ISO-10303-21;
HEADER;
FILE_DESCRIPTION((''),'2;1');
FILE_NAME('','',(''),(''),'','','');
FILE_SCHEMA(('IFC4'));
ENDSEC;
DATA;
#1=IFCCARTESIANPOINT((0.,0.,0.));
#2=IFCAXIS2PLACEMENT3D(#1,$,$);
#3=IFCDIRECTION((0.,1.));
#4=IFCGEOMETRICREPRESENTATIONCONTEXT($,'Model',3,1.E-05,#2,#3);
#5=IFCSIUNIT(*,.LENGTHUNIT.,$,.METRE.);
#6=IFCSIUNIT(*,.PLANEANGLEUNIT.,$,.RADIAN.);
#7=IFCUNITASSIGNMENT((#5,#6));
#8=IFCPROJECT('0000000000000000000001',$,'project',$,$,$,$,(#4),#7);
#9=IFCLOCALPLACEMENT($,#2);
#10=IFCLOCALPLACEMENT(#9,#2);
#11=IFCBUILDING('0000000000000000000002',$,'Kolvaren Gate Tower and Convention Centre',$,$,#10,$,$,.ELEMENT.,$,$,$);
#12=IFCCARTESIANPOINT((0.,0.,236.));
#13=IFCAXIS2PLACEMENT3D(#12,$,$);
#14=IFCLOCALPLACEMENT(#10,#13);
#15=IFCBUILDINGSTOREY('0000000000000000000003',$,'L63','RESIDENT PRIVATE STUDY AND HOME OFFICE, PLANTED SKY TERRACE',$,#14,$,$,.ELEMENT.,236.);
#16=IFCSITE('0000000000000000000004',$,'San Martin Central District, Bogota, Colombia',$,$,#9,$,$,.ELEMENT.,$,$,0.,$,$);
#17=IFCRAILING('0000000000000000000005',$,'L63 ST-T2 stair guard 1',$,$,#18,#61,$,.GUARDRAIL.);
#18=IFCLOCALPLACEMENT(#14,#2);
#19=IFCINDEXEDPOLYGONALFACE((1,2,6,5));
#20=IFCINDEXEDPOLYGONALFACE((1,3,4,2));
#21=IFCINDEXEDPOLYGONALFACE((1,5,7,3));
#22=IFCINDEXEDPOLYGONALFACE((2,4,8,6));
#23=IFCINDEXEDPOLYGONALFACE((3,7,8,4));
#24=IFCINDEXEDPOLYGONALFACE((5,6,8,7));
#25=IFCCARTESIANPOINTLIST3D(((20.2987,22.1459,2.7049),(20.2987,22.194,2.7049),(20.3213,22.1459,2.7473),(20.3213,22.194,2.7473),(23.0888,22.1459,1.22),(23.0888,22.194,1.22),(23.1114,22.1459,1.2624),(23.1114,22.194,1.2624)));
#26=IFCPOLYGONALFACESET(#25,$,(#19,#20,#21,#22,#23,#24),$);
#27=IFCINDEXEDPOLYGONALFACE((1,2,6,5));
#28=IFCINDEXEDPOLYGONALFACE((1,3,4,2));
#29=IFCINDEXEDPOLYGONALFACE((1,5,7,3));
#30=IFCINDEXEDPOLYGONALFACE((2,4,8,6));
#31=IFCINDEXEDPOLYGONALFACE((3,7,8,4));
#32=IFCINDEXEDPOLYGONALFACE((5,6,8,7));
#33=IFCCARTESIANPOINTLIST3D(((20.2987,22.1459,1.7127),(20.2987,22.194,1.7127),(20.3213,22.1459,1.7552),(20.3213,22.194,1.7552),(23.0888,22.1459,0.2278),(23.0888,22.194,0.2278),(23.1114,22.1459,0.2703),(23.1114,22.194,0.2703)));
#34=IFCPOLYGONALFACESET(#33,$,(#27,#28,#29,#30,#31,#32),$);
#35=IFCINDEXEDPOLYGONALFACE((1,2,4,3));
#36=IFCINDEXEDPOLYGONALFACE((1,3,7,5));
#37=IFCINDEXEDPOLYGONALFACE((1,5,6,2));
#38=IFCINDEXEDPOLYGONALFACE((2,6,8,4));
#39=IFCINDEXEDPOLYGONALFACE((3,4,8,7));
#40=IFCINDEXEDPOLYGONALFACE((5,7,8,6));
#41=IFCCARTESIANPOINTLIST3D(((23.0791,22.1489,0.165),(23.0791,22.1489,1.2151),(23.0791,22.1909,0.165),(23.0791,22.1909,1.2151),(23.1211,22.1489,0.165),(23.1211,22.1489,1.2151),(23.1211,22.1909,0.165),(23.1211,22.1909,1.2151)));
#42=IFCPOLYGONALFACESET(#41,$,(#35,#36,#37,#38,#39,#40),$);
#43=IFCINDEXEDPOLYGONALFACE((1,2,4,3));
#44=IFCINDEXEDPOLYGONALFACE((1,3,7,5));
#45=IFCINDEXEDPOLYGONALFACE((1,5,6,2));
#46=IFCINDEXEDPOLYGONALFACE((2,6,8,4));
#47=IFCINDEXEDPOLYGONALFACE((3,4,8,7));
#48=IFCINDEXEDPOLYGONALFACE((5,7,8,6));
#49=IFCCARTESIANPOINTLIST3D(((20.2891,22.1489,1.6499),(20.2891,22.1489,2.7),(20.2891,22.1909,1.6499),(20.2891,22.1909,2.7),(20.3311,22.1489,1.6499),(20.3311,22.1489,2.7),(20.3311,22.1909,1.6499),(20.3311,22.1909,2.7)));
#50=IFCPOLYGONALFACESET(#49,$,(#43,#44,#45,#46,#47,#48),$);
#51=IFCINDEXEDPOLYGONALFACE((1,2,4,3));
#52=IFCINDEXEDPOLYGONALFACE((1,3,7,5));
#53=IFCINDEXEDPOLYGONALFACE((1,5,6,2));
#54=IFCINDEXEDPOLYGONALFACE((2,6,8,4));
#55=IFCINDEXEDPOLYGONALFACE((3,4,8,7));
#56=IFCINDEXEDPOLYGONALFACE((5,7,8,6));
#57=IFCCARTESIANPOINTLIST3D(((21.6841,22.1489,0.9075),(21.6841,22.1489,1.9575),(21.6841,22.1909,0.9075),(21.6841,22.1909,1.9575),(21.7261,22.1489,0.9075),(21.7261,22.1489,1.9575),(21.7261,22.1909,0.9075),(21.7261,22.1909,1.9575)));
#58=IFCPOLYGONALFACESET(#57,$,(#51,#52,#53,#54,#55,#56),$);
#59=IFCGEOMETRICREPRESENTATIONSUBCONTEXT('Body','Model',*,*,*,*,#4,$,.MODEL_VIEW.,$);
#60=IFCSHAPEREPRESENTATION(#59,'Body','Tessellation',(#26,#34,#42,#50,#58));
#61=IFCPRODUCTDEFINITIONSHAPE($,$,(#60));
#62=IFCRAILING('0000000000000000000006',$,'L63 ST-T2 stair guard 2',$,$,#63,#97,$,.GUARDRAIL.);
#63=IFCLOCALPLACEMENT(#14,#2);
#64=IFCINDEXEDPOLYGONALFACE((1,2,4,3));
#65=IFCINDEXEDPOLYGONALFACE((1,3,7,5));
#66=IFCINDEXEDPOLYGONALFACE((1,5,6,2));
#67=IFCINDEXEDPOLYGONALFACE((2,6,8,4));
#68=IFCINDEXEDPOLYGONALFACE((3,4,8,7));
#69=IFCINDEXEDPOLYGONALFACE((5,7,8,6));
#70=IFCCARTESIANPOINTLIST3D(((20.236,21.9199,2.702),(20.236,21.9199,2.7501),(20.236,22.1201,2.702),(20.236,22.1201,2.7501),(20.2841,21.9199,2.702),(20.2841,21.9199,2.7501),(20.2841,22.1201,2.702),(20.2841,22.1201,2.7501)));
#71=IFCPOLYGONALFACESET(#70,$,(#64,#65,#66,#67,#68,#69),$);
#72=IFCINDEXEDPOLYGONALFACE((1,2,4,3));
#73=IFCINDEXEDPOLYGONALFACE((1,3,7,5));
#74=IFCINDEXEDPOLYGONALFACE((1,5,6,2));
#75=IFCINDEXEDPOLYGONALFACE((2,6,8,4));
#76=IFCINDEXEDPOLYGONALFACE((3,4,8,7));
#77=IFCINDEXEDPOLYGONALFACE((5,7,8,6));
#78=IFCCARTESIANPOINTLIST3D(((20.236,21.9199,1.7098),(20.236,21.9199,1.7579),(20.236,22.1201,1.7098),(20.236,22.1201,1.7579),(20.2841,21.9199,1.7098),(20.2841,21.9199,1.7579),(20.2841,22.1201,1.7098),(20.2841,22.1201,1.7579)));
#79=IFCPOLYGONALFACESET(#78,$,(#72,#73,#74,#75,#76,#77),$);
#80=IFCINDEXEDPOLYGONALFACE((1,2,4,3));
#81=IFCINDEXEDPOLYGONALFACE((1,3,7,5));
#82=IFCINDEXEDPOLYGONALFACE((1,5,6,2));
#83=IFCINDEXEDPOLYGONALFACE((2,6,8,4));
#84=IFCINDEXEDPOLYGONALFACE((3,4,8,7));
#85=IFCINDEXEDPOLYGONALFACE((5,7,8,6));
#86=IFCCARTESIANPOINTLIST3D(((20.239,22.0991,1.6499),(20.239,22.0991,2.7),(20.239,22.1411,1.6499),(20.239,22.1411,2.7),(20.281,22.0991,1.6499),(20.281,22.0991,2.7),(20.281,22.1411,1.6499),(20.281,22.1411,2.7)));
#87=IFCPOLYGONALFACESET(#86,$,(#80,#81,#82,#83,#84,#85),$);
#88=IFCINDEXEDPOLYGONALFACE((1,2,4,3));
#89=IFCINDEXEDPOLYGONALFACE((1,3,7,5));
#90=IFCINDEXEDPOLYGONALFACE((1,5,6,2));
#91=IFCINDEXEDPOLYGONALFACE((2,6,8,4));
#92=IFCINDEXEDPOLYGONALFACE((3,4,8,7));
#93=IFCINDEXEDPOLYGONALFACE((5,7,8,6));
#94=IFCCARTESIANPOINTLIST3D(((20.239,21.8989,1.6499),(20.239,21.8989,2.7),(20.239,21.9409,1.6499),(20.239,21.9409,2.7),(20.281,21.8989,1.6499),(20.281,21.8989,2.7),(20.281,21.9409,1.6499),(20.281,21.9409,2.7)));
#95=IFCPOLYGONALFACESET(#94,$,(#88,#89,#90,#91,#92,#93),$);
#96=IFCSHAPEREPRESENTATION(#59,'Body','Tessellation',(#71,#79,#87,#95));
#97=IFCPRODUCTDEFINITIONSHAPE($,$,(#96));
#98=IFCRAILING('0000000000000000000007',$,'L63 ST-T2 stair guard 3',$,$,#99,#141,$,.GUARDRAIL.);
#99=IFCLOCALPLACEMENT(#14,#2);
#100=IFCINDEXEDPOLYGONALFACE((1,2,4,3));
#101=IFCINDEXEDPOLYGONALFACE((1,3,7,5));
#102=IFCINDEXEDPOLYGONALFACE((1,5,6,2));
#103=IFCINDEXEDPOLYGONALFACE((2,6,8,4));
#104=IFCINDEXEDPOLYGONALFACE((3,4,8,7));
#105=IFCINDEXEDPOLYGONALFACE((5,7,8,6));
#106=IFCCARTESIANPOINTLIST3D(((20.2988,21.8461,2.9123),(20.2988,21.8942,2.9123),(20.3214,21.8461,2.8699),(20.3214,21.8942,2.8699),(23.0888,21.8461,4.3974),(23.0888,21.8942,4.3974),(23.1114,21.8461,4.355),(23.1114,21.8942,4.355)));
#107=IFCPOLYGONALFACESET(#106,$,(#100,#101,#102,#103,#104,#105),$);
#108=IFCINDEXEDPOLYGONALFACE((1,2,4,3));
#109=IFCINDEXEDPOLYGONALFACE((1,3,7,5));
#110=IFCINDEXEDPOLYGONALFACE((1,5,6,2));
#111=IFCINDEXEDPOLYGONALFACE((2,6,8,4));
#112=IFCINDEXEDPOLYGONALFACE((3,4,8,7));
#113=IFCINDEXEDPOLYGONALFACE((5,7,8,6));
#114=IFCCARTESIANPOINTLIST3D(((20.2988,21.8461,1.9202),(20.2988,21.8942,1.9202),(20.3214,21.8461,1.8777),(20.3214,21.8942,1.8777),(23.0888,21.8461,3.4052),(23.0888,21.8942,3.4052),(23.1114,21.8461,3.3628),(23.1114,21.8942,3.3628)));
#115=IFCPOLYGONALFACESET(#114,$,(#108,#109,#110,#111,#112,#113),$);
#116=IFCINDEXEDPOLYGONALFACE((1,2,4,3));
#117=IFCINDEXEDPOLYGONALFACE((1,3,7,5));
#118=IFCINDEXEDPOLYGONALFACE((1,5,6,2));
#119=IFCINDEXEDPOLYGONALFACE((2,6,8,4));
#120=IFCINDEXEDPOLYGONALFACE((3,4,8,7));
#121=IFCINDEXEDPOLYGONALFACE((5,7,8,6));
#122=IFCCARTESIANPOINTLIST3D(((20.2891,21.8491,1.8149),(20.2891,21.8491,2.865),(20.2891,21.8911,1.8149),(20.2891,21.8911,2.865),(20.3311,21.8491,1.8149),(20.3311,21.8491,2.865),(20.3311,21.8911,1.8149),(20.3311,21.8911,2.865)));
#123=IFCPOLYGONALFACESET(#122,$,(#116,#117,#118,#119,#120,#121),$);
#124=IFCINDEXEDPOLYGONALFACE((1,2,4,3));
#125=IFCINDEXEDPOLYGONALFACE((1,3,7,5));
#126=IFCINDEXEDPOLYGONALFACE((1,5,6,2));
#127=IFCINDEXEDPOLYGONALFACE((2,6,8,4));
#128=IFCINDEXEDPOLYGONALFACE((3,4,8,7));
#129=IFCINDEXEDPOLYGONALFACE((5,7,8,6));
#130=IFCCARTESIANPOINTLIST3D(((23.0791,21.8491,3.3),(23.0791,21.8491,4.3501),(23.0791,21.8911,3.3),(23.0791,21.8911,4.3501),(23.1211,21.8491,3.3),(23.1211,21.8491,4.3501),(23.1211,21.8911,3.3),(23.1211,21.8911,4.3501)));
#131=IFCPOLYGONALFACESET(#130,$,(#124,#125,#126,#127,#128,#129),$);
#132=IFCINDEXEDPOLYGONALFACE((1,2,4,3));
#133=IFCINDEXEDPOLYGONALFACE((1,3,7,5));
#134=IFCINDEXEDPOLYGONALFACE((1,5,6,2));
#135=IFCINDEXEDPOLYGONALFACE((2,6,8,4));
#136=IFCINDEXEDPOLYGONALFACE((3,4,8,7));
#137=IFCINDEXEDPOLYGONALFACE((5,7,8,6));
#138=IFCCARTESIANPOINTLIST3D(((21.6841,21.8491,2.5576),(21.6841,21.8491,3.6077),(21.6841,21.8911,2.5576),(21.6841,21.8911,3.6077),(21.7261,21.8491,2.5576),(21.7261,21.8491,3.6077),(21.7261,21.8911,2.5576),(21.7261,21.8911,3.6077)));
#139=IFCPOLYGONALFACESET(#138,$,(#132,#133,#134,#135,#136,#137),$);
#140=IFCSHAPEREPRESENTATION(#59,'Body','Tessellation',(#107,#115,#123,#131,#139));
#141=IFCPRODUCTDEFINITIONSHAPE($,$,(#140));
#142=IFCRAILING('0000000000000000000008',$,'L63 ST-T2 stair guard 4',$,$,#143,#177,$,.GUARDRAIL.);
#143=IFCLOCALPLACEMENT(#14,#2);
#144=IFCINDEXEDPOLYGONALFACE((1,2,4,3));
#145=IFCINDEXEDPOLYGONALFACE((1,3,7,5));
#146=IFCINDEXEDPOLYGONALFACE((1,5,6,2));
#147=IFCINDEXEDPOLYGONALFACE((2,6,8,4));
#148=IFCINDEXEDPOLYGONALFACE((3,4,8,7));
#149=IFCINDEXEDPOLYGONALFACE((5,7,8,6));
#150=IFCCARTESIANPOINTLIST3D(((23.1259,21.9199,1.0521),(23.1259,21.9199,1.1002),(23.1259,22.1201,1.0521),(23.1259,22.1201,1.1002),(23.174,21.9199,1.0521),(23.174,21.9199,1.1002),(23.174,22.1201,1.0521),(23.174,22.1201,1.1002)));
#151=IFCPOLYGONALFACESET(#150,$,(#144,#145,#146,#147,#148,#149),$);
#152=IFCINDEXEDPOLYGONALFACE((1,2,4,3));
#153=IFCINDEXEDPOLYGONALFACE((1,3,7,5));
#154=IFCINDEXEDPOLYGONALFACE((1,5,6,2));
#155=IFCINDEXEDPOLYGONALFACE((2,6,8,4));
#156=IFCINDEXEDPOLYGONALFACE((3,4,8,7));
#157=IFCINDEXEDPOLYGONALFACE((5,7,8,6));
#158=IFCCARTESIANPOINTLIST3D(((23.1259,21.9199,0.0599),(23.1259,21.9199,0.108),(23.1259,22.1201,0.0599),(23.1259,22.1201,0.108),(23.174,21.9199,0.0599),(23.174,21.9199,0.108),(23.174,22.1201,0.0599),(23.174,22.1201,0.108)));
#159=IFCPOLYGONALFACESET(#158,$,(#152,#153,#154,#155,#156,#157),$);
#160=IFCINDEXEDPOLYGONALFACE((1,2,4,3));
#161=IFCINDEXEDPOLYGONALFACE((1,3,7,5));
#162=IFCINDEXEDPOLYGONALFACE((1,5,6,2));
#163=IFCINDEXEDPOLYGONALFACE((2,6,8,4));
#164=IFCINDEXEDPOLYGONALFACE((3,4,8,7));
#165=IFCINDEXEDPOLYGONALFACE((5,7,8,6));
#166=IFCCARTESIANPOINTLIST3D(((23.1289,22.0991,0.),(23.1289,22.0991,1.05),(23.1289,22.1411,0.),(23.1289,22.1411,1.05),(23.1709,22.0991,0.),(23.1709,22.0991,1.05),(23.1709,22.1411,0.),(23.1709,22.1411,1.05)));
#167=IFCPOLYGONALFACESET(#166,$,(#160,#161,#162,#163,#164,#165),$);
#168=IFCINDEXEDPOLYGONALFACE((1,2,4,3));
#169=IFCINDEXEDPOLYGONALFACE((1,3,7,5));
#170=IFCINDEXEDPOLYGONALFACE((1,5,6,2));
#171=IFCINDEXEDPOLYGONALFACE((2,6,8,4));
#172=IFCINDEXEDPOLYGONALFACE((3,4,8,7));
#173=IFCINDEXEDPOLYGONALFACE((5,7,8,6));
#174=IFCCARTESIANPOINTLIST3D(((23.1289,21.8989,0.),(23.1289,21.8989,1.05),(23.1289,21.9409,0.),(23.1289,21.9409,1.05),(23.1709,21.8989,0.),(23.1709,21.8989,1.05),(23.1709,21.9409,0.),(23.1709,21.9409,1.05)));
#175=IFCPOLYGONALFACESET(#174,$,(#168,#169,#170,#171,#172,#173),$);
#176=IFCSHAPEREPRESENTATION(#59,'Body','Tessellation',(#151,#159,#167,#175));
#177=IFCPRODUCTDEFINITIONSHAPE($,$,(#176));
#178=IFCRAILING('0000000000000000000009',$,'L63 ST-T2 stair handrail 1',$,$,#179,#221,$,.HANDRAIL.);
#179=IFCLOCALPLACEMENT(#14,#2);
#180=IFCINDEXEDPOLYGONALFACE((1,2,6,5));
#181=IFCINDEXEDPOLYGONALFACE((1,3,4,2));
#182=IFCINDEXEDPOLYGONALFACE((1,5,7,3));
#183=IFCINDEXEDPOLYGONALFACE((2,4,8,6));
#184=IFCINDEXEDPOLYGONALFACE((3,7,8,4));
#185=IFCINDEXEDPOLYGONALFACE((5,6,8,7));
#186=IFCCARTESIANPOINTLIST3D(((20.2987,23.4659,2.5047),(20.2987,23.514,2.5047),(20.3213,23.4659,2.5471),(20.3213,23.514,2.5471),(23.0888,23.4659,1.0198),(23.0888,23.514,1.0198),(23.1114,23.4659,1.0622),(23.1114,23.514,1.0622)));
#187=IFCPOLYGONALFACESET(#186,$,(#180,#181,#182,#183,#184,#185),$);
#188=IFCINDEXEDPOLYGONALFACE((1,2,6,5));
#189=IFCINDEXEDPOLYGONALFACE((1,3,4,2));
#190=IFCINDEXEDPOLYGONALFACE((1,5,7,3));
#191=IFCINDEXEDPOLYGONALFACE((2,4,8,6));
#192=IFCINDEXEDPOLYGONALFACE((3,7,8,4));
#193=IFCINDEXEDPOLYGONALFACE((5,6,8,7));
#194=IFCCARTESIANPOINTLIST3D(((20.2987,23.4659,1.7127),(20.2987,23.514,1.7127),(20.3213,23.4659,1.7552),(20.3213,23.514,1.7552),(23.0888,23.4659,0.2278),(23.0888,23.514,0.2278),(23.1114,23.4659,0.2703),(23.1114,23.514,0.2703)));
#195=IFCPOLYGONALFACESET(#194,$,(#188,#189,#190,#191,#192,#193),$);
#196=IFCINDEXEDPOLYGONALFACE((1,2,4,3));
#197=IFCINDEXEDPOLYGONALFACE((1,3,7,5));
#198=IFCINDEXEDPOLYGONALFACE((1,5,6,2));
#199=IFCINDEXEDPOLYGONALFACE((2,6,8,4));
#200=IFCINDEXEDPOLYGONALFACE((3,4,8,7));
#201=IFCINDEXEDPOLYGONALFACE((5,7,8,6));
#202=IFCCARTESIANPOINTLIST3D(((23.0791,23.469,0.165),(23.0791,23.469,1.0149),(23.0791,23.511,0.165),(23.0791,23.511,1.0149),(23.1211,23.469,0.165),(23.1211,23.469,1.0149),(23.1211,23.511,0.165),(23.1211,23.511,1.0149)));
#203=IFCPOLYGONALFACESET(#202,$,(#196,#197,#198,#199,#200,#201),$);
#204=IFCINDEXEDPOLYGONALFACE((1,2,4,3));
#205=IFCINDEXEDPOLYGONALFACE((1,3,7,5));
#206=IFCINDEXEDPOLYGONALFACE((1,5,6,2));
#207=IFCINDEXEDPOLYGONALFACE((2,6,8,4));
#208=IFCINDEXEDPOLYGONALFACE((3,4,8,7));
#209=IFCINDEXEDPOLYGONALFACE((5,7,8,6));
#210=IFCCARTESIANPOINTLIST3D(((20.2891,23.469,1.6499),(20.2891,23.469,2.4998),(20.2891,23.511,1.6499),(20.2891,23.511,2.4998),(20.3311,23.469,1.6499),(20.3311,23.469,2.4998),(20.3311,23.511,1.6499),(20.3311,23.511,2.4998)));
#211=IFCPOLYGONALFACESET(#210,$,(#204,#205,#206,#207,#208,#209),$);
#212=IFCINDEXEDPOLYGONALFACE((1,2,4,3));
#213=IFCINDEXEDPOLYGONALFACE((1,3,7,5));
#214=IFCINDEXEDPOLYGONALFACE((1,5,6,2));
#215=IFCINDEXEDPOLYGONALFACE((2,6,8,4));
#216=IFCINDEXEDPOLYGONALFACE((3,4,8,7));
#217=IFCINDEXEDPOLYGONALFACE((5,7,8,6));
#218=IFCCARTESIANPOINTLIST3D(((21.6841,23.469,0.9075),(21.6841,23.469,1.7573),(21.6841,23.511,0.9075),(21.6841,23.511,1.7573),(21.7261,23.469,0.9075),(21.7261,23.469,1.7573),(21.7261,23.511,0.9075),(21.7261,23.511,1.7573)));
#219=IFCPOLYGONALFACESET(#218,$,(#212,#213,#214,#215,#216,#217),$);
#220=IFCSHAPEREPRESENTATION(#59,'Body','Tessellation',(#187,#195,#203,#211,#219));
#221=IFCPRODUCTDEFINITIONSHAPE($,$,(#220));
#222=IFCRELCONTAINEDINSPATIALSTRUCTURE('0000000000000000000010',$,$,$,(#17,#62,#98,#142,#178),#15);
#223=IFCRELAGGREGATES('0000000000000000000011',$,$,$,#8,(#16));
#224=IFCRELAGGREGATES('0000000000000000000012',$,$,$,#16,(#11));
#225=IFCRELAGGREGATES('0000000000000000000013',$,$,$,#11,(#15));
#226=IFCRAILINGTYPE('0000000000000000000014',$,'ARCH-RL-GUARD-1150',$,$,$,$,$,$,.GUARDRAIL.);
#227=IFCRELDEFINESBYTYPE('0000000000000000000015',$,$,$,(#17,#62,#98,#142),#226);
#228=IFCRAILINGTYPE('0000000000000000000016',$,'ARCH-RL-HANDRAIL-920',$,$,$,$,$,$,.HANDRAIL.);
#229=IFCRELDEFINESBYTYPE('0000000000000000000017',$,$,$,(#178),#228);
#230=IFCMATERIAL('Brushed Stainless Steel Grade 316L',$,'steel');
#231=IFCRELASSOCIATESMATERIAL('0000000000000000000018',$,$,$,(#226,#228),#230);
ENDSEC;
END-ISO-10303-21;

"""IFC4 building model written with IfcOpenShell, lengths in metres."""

from ifc_helpers import new_model, si_unit, direction, frame, origin, origin_2d, place, context, subcontext, project, spatial, rectangle, extrude, material, type_object, element, save


model = new_model("IFC4")

# Units and contexts
model_context = context("Model", 3, precision=1e-05, world=origin(), true_north=direction((0.0, 1.0)))
body_context = subcontext(model_context, "Body", "Model", "MODEL_VIEW")
ifc_project = project(units=[si_unit("LENGTHUNIT", "METRE"), si_unit("PLANEANGLEUNIT", "RADIAN")], contexts=[model_context])

# Site, building, storey
site_placement = place(None, origin())
site = spatial("IfcSite", under=ifc_project, at=site_placement, Name="San Martin Central District, Bogota, Colombia", CompositionType="ELEMENT", RefElevation=0.0)
building_placement = place(site_placement, origin())
building = spatial("IfcBuilding", under=site, at=building_placement, Name="Kolvaren Gate Tower and Convention Centre", CompositionType="ELEMENT")
storey_placement = place(building_placement, frame((0.0, 0.0, 236.0)))
storey = spatial("IfcBuildingStorey", under=building, at=storey_placement, Name="L63", Description="RESIDENT PRIVATE STUDY AND HOME OFFICE, PLANTED SKY TERRACE", CompositionType="ELEMENT", Elevation=236.0)

# Shared definitions
ifc_material_1 = material(Name="Brushed Stainless Steel Grade 316L", Category="steel")

# Railings
railing_type_1 = type_object("IfcRailingType", Name="ARCH-RL-GUARD-1150", PredefinedType="GUARDRAIL", material=ifc_material_1)
railing_1_placement = place(storey_placement, frame((23.1001, 22.1699, 0.165)))
element("IfcRailing", 1, at=railing_1_placement, inside=storey, type_object=railing_type_1, Name="L63 ST-T2 stair guard 1", PredefinedType="GUARDRAIL", context=body_context, shape_type="SweptSolid", body=[
    extrude(rectangle(XDim=0.0481, YDim=0.0481, at=origin_2d()), frame((0.0, 0.0, 1.0762), z_axis=(-0.882767, 0.0, 0.46981), x_axis=(0.0, -1.0, 0.0)), (0.0, 0.0, 1.0), 3.1606),
    extrude(rectangle(XDim=0.0481, YDim=0.0481, at=origin_2d()), frame((0.0, 0.0, 0.084), z_axis=(-0.882767, 0.0, 0.46981), x_axis=(0.0, -1.0, 0.0)), (0.0, 0.0, 1.0), 3.1606),
    extrude(rectangle(XDim=0.042, YDim=0.042, at=origin_2d()), origin(), (0.0, 0.0, 1.0), 1.05),
    extrude(rectangle(XDim=0.042, YDim=0.042, at=origin_2d()), frame((-2.79, 0.0, 1.4849)), (0.0, 0.0, 1.0), 1.05),
    extrude(rectangle(XDim=0.042, YDim=0.042, at=origin_2d()), frame((-1.395, 0.0, 0.7424)), (0.0, 0.0, 1.0), 1.05),
])
railing_2_placement = place(storey_placement, frame((20.26, 22.1201, 1.6499)))
element("IfcRailing", 2, at=railing_2_placement, inside=storey, type_object=railing_type_1, Name="L63 ST-T2 stair guard 2", PredefinedType="GUARDRAIL", context=body_context, shape_type="SweptSolid", body=[
    extrude(rectangle(XDim=0.0481, YDim=0.0481, at=origin_2d()), frame((0.0, 0.0, 1.0762), z_axis=(0.0, -1.0, 0.0), x_axis=(1.0, 0.0, 0.0)), (0.0, 0.0, 1.0), 0.2002),
    extrude(rectangle(XDim=0.0481, YDim=0.0481, at=origin_2d()), frame((0.0, 0.0, 0.084), z_axis=(0.0, -1.0, 0.0), x_axis=(1.0, 0.0, 0.0)), (0.0, 0.0, 1.0), 0.2002),
    extrude(rectangle(XDim=0.042, YDim=0.042, at=origin_2d()), origin(), (0.0, 0.0, 1.0), 1.05),
    extrude(rectangle(XDim=0.042, YDim=0.042, at=origin_2d()), frame((0.0, -0.2002, 0.0)), (0.0, 0.0, 1.0), 1.05),
])
railing_3_placement = place(storey_placement, frame((20.3101, 21.8701, 1.8149)))
element("IfcRailing", 3, at=railing_3_placement, inside=storey, type_object=railing_type_1, Name="L63 ST-T2 stair guard 3", PredefinedType="GUARDRAIL", context=body_context, shape_type="SweptSolid", body=[
    extrude(rectangle(XDim=0.0481, YDim=0.0481, at=origin_2d()), frame((0.0, 0.0, 1.0762), z_axis=(0.882735, 0.0, 0.46987), x_axis=(0.0, 1.0, 0.0)), (0.0, 0.0, 1.0), 3.1606),
    extrude(rectangle(XDim=0.0481, YDim=0.0481, at=origin_2d()), frame((0.0, 0.0, 0.084), z_axis=(0.882735, 0.0, 0.46987), x_axis=(0.0, 1.0, 0.0)), (0.0, 0.0, 1.0), 3.1606),
    extrude(rectangle(XDim=0.042, YDim=0.042, at=origin_2d()), origin(), (0.0, 0.0, 1.0), 1.05),
    extrude(rectangle(XDim=0.042, YDim=0.042, at=origin_2d()), frame((2.79, 0.0, 1.4851)), (0.0, 0.0, 1.0), 1.05),
    extrude(rectangle(XDim=0.042, YDim=0.042, at=origin_2d()), frame((1.395, 0.0, 0.7427)), (0.0, 0.0, 1.0), 1.05),
])
railing_4_placement = place(storey_placement, frame((23.1499, 22.1201, 0.0)))
element("IfcRailing", 4, at=railing_4_placement, inside=storey, type_object=railing_type_1, Name="L63 ST-T2 stair guard 4", PredefinedType="GUARDRAIL", context=body_context, shape_type="SweptSolid", body=[
    extrude(rectangle(XDim=0.0481, YDim=0.0481, at=origin_2d()), frame((0.0, 0.0, 1.0762), z_axis=(0.0, -1.0, 0.0), x_axis=(1.0, 0.0, 0.0)), (0.0, 0.0, 1.0), 0.2002),
    extrude(rectangle(XDim=0.0481, YDim=0.0481, at=origin_2d()), frame((0.0, 0.0, 0.084), z_axis=(0.0, -1.0, 0.0), x_axis=(1.0, 0.0, 0.0)), (0.0, 0.0, 1.0), 0.2002),
    extrude(rectangle(XDim=0.042, YDim=0.042, at=origin_2d()), origin(), (0.0, 0.0, 1.0), 1.05),
    extrude(rectangle(XDim=0.042, YDim=0.042, at=origin_2d()), frame((0.0, -0.2002, 0.0)), (0.0, 0.0, 1.0), 1.05),
])
railing_type_2 = type_object("IfcRailingType", Name="ARCH-RL-HANDRAIL-920", PredefinedType="HANDRAIL", material=ifc_material_1)
railing_5_placement = place(storey_placement, frame((23.1001, 23.49, 0.165)))
element("IfcRailing", 5, at=railing_5_placement, inside=storey, type_object=railing_type_2, Name="L63 ST-T2 stair handrail 1", PredefinedType="HANDRAIL", context=body_context, shape_type="SweptSolid", body=[
    extrude(rectangle(XDim=0.0481, YDim=0.0481, at=origin_2d()), frame((0.0, 0.0, 0.876), z_axis=(-0.882767, 0.0, 0.46981), x_axis=(0.0, -1.0, 0.0)), (0.0, 0.0, 1.0), 3.1606),
    extrude(rectangle(XDim=0.0481, YDim=0.0481, at=origin_2d()), frame((0.0, 0.0, 0.084), z_axis=(-0.882767, 0.0, 0.46981), x_axis=(0.0, -1.0, 0.0)), (0.0, 0.0, 1.0), 3.1606),
    extrude(rectangle(XDim=0.042, YDim=0.042, at=origin_2d()), origin(), (0.0, 0.0, 1.0), 0.8499),
    extrude(rectangle(XDim=0.042, YDim=0.042, at=origin_2d()), frame((-2.79, 0.0, 1.4849)), (0.0, 0.0, 1.0), 0.8499),
    extrude(rectangle(XDim=0.042, YDim=0.042, at=origin_2d()), frame((-1.395, 0.0, 0.7424)), (0.0, 0.0, 1.0), 0.8499),
])

save(model, "model.ifc")
